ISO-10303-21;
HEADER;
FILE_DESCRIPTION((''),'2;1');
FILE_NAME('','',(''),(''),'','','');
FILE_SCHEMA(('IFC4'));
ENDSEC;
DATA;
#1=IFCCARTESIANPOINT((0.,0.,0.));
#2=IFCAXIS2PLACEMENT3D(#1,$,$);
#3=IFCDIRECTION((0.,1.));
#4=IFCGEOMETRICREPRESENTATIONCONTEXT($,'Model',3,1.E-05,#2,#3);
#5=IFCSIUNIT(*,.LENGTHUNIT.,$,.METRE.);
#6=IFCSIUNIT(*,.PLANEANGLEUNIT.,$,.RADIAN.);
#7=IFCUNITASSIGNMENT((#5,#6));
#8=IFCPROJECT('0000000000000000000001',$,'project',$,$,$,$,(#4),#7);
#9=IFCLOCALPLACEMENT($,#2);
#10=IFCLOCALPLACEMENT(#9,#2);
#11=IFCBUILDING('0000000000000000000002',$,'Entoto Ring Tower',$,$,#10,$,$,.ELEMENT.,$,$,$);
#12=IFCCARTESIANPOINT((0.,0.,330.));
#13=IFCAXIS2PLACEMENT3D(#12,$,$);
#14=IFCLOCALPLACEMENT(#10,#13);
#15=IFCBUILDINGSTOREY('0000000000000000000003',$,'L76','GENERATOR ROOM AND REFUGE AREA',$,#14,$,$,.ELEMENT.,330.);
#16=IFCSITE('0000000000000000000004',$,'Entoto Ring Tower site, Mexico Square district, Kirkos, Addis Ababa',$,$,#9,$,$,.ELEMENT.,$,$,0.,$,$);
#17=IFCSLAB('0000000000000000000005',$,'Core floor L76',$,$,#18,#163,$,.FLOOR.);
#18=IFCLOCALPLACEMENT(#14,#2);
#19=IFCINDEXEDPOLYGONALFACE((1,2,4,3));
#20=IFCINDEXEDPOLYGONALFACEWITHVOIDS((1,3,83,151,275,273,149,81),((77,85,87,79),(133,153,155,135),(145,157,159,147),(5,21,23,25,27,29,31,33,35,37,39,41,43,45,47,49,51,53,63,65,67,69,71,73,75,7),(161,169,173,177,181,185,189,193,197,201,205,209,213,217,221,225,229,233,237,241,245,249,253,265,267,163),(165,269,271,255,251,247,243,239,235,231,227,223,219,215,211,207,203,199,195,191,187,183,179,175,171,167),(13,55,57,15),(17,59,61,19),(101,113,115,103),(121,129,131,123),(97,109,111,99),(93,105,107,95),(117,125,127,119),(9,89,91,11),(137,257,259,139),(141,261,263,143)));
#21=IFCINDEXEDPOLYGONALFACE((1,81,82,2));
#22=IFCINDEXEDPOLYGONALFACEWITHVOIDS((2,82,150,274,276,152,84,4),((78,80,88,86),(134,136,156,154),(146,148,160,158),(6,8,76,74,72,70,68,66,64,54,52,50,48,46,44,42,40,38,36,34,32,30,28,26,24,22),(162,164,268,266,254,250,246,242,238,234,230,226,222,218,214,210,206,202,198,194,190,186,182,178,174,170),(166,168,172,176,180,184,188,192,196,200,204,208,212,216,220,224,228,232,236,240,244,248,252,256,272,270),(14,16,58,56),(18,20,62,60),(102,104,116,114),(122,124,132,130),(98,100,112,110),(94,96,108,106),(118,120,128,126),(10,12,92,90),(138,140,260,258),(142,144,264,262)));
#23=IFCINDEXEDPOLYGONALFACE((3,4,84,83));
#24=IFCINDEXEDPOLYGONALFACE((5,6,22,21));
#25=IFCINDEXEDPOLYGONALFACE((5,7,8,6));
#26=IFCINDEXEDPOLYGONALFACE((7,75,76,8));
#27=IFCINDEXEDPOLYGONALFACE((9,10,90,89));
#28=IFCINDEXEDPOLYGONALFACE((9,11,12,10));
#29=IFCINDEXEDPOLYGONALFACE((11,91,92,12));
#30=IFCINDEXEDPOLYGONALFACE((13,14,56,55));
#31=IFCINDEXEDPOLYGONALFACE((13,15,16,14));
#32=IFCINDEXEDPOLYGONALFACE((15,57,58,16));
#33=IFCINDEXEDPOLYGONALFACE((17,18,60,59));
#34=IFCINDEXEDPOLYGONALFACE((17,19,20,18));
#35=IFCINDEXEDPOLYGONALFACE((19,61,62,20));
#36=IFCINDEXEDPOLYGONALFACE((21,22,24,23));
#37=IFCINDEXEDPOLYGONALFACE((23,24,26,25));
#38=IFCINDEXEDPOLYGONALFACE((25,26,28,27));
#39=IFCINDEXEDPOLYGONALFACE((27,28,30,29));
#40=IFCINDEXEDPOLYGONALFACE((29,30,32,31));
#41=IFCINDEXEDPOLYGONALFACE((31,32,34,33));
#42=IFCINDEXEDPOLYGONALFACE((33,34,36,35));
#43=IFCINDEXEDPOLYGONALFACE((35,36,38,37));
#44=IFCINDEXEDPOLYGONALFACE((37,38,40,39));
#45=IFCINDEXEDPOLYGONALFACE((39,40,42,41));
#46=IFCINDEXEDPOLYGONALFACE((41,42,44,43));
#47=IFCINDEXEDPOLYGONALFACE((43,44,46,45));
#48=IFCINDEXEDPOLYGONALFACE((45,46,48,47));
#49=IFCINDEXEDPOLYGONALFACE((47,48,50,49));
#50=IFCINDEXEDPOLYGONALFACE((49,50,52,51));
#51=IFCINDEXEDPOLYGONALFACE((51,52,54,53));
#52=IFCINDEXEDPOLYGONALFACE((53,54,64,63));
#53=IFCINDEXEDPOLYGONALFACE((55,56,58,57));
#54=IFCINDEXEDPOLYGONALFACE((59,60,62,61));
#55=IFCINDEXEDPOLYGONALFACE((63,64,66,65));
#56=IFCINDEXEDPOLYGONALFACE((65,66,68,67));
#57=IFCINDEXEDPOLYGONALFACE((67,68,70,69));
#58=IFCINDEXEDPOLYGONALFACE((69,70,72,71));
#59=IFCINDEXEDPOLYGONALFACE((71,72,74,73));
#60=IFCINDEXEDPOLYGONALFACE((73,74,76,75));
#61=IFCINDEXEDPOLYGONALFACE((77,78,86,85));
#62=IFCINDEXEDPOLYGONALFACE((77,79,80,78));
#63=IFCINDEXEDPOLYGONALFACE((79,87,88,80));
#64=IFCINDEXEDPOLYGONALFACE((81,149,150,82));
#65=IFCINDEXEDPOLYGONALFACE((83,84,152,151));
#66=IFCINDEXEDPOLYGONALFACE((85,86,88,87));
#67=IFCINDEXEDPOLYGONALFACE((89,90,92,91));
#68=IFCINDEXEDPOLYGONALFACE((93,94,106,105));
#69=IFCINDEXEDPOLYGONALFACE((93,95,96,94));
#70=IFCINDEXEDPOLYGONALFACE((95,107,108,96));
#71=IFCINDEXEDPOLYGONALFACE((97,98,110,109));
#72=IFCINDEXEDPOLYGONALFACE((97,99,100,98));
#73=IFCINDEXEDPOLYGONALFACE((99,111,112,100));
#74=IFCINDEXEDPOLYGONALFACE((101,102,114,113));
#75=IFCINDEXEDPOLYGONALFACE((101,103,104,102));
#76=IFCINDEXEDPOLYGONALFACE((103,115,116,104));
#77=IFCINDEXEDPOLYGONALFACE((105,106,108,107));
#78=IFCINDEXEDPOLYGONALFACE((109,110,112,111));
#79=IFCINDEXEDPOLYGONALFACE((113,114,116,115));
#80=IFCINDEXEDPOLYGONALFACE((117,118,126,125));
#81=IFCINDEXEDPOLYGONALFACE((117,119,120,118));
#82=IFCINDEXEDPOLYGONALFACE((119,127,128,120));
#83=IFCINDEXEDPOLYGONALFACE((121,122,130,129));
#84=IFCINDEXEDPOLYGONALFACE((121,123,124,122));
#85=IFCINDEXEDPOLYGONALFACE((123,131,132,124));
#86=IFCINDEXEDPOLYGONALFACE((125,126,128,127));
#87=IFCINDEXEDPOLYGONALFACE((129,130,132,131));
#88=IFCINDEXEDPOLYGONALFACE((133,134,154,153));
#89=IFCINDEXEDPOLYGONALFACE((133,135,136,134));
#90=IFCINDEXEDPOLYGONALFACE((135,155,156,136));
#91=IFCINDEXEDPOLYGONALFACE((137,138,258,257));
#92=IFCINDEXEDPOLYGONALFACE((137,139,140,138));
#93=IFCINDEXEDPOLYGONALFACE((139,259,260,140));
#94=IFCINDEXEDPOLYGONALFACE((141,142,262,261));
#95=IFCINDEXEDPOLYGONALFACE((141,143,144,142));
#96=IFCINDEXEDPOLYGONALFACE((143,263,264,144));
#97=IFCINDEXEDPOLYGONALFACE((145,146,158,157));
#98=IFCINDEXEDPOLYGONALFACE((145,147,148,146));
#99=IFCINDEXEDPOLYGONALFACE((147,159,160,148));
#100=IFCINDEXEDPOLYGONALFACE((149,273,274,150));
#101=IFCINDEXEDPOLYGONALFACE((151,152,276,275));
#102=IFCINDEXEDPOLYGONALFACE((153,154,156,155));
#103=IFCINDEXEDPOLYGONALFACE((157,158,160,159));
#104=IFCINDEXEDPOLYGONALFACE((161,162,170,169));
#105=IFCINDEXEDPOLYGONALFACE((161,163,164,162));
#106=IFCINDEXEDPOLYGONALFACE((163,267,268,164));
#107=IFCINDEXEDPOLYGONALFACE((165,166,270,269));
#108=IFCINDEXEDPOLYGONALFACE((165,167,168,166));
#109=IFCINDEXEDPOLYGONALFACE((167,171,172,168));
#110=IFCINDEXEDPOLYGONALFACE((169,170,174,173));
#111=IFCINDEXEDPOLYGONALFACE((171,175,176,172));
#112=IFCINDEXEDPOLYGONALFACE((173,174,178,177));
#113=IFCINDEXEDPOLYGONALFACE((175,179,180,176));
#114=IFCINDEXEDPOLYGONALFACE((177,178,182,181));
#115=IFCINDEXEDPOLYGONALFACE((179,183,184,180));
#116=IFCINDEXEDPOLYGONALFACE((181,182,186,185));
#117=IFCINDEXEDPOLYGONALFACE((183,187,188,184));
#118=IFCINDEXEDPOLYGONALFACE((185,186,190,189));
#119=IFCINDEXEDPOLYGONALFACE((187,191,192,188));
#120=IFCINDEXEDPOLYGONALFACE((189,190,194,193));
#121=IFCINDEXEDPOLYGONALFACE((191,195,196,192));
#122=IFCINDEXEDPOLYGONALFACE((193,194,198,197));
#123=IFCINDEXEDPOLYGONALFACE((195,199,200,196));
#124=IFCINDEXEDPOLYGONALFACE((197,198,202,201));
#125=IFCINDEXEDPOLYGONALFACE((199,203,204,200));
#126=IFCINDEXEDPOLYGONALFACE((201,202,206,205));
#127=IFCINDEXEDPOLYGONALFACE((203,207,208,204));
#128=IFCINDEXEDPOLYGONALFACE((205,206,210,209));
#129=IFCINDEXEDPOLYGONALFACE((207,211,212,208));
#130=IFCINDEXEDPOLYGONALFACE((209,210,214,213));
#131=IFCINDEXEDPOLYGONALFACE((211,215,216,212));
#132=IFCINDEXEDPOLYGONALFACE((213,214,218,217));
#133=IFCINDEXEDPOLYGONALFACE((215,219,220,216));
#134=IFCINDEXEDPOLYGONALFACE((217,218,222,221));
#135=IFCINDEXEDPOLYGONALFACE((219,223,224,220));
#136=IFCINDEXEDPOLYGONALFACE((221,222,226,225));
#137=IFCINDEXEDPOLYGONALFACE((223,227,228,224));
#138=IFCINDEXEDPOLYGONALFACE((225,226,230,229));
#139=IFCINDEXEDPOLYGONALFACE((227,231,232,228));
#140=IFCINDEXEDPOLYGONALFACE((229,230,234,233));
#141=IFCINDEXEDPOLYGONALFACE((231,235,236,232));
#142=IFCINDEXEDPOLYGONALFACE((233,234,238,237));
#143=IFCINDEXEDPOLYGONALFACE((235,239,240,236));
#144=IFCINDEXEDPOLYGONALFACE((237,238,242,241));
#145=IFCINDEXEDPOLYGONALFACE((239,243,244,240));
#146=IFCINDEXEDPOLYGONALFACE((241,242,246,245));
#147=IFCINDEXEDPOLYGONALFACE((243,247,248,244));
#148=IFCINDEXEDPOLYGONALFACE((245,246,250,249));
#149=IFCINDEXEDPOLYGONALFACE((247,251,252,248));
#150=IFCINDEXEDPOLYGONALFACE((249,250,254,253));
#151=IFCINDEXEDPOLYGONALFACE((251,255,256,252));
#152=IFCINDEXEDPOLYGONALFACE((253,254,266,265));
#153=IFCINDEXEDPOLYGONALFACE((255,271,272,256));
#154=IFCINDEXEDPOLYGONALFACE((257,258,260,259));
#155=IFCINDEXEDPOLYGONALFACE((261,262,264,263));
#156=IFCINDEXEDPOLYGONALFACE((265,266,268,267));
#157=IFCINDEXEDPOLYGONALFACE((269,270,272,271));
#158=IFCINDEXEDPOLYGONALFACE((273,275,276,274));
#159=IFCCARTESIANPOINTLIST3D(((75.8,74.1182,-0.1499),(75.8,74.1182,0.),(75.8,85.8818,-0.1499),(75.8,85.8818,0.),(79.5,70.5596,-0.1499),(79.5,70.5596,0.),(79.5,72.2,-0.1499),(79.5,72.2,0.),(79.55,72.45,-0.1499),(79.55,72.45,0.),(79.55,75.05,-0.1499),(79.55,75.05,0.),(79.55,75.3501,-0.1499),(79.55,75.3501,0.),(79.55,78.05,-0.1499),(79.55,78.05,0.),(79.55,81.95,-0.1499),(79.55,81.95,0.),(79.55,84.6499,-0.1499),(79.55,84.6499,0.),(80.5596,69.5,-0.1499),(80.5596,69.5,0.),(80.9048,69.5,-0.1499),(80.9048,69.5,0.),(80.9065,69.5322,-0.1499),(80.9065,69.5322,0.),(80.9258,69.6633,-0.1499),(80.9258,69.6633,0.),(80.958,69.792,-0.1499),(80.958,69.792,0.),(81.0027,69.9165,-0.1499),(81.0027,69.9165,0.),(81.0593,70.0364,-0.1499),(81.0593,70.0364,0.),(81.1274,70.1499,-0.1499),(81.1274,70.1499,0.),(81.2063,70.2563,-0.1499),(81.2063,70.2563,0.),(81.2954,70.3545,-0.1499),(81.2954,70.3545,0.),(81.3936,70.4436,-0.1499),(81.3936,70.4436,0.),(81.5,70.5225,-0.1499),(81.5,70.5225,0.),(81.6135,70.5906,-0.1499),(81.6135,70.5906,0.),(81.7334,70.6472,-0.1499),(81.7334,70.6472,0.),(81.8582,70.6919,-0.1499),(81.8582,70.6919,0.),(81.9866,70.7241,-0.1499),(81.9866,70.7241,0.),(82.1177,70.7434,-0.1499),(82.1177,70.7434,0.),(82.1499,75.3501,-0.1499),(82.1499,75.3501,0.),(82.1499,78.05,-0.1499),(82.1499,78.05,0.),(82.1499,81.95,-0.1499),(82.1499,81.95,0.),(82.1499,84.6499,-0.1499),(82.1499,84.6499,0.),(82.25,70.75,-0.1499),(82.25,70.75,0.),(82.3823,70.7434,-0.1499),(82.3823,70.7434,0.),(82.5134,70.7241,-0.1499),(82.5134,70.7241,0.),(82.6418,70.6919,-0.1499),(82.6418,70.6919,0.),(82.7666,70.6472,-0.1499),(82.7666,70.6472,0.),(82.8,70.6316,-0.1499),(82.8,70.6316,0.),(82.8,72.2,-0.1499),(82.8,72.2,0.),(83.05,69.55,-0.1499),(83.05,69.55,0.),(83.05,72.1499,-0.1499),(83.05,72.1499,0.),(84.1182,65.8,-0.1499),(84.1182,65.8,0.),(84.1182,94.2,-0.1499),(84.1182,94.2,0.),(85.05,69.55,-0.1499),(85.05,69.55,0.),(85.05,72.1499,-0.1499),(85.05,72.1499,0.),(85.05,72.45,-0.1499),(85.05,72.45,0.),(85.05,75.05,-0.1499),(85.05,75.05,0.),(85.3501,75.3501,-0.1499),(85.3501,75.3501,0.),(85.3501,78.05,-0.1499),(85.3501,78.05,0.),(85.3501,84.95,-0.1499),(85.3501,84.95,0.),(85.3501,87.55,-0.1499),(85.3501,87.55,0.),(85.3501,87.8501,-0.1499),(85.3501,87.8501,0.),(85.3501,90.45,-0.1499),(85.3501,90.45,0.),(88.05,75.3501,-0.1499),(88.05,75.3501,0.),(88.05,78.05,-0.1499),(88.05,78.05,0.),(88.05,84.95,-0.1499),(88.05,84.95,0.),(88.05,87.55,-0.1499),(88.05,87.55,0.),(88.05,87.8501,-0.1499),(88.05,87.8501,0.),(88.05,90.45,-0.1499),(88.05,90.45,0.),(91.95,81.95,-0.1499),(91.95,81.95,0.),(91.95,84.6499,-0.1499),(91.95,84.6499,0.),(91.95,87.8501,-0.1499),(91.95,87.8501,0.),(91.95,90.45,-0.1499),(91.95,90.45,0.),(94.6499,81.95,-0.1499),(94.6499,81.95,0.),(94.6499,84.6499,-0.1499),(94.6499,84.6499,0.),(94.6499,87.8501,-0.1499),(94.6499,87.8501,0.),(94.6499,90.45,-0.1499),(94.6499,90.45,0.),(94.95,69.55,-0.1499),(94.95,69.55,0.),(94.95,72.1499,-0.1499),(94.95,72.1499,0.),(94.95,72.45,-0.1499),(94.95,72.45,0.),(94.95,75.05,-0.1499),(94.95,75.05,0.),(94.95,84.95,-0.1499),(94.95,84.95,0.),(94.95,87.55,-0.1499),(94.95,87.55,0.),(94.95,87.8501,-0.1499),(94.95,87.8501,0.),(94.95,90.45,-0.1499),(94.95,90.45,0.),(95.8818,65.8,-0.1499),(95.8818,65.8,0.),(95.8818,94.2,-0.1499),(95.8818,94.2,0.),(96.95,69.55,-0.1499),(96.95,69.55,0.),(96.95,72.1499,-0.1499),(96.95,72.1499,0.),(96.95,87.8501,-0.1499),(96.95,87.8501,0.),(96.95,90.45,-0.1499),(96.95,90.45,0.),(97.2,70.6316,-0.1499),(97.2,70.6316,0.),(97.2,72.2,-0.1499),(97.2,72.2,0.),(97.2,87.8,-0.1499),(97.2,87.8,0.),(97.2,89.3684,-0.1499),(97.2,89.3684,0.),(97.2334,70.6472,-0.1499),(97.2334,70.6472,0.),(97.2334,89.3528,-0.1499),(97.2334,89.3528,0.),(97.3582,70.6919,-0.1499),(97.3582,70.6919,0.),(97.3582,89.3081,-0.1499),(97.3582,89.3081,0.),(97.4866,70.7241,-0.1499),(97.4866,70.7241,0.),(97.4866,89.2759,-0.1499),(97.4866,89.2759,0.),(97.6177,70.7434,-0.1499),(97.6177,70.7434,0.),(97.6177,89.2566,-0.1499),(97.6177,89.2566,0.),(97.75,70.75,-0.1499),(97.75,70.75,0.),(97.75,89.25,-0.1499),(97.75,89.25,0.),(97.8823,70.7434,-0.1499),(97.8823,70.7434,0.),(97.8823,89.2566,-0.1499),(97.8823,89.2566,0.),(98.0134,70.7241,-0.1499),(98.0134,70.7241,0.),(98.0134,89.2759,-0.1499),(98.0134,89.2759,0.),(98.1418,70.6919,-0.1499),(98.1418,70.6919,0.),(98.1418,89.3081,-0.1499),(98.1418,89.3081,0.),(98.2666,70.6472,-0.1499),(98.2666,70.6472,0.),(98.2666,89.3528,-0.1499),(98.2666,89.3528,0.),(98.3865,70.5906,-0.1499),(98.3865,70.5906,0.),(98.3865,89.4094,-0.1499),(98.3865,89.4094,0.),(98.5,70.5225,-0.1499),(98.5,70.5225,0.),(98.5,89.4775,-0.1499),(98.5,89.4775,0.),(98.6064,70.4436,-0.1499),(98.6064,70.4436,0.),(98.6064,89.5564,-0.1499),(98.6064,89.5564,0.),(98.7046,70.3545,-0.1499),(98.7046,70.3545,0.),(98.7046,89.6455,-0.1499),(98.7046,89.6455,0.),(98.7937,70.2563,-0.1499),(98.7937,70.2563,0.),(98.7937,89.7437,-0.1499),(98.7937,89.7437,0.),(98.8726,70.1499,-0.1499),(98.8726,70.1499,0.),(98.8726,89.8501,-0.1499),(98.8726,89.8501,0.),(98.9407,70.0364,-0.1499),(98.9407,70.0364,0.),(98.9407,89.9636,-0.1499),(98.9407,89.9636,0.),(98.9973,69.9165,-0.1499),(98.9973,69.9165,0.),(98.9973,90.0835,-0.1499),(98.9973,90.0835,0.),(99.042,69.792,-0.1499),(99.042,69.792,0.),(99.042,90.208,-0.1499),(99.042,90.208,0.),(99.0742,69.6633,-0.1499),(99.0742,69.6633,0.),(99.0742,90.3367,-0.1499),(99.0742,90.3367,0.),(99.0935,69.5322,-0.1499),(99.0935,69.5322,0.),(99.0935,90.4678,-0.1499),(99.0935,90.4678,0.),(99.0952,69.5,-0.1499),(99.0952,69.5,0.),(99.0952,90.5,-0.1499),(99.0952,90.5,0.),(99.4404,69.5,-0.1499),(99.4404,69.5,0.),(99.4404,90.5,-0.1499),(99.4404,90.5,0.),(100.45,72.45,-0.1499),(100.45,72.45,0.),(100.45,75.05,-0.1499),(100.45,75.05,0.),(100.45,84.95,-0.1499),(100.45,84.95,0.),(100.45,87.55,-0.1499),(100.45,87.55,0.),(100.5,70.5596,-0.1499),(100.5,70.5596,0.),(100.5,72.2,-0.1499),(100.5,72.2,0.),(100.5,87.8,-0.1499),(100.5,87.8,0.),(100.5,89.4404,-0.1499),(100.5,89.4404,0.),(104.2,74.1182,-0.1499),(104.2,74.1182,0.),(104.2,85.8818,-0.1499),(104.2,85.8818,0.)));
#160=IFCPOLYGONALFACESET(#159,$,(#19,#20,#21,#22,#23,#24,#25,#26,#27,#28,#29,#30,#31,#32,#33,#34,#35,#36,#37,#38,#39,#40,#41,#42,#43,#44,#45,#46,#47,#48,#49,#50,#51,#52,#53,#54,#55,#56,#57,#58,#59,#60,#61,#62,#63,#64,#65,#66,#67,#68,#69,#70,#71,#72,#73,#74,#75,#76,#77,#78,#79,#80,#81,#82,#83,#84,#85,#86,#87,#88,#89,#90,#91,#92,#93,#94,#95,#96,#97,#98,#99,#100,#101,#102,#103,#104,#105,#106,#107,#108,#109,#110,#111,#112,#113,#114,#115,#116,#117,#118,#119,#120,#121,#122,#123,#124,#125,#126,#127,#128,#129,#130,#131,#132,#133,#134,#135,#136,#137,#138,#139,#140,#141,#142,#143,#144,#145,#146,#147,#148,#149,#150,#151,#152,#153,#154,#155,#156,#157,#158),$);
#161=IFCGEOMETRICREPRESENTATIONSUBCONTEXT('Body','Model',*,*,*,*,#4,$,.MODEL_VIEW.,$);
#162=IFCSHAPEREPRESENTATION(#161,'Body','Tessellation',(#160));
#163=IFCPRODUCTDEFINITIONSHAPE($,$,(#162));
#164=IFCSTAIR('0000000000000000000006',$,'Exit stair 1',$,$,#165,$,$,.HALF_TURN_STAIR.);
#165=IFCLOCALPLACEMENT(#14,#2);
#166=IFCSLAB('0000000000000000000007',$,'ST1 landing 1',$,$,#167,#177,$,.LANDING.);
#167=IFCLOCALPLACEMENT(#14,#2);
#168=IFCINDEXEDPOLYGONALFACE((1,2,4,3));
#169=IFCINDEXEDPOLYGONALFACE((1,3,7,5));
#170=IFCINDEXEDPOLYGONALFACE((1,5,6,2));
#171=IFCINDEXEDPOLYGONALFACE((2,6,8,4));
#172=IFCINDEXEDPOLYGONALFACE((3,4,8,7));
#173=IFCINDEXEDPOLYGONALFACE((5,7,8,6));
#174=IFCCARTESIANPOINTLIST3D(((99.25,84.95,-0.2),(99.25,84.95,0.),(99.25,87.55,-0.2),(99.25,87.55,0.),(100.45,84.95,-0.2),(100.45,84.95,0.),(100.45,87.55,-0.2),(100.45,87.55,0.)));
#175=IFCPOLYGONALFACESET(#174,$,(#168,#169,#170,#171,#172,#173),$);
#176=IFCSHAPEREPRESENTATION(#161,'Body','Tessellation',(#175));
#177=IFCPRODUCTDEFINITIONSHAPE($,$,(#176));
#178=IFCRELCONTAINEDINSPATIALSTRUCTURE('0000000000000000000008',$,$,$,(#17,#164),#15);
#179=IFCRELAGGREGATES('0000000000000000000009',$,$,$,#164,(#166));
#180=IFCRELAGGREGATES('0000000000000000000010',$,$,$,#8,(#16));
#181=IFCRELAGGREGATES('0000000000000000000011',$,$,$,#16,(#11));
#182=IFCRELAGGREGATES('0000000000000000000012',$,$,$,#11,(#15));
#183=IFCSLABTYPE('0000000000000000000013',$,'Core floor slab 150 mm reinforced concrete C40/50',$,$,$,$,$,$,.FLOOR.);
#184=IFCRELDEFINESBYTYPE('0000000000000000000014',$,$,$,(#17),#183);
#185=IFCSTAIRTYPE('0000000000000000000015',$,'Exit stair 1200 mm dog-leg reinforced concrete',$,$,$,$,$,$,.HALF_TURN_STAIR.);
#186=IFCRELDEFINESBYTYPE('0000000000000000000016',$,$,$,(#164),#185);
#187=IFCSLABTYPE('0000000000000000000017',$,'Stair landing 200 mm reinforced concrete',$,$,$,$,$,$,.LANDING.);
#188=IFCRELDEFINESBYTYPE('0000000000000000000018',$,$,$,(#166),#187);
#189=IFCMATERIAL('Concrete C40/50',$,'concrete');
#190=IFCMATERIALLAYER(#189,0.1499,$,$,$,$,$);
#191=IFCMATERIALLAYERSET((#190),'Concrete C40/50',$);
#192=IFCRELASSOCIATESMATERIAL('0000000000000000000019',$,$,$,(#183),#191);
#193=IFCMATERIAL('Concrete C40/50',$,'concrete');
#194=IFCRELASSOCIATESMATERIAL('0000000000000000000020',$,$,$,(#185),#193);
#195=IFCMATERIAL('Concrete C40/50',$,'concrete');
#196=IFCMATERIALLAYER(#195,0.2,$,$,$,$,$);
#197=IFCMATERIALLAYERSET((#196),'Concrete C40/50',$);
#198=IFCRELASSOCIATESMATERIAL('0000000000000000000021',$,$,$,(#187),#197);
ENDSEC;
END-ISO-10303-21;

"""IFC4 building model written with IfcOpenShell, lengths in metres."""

from ifc_helpers import new_model, si_unit, direction, frame, origin, place, context, subcontext, project, spatial, polyline, outline, extrude, material, layer, layer_set, type_object, element, aggregate, save


model = new_model("IFC4")

# Units and contexts
model_context = context("Model", 3, precision=1e-05, world=origin(), true_north=direction((0.0, 1.0)))
body_context = subcontext(model_context, "Body", "Model", "MODEL_VIEW")
ifc_project = project(units=[si_unit("LENGTHUNIT", "METRE"), si_unit("PLANEANGLEUNIT", "RADIAN")], contexts=[model_context])

# Site, building, storey
site_placement = place(None, origin())
site = spatial("IfcSite", under=ifc_project, at=site_placement, Name="Entoto Ring Tower site, Mexico Square district, Kirkos, Addis Ababa", CompositionType="ELEMENT", RefElevation=0.0)
building_placement = place(site_placement, origin())
building = spatial("IfcBuilding", under=site, at=building_placement, Name="Entoto Ring Tower", CompositionType="ELEMENT")
storey_placement = place(building_placement, frame((0.0, 0.0, 330.0)))
storey = spatial("IfcBuildingStorey", under=building, at=storey_placement, Name="L76", Description="GENERATOR ROOM AND REFUGE AREA", CompositionType="ELEMENT", Elevation=330.0)

# Slab
ifc_material_1 = material(Name="Concrete C40/50", Category="concrete")
ifc_layer_1 = layer(ifc_material_1, 0.1499)
ifc_layer_set_1 = layer_set([ifc_layer_1], Name="Concrete C40/50")
slab_type_1 = type_object("IfcSlabType", Name="Core floor slab 150 mm reinforced concrete C40/50", PredefinedType="FLOOR", material=ifc_layer_set_1)
slab_1_placement = place(storey_placement, frame((0.0, 0.0, -0.1499)))
element("IfcSlab", 1, at=slab_1_placement, inside=storey, type_object=slab_type_1, Name="Core floor L76", PredefinedType="FLOOR", context=body_context, shape_type="SweptSolid", body=[
    extrude(outline(polyline([(104.2, 74.1182), (104.2, 85.8818), (95.8818, 94.2), (84.1182, 94.2), (75.8, 85.8818), (75.8, 74.1182), (84.1182, 65.8), (95.8818, 65.8), (104.2, 74.1182)]), holes=[polyline([(100.45, 84.95), (100.45, 87.55), (94.95, 87.55), (94.95, 84.95), (100.45, 84.95)]), polyline([(85.05, 72.45), (85.05, 75.05), (79.55, 75.05), (79.55, 72.45), (85.05, 72.45)]), polyline([(100.45, 72.45), (100.45, 75.05), (94.95, 75.05), (94.95, 72.45), (100.45, 72.45)]), polyline([(94.95, 90.45), (94.95, 87.8501), (96.95, 87.8501), (96.95, 90.45), (94.95, 90.45)]), polyline([(94.95, 72.1499), (94.95, 69.55), (96.95, 69.55), (96.95, 72.1499), (94.95, 72.1499)]), polyline([(83.05, 72.1499), (83.05, 69.55), (85.05, 69.55), (85.05, 72.1499), (83.05, 72.1499)]), polyline([(79.55, 81.95), (82.1499, 81.95), (82.1499, 84.6499), (79.55, 84.6499), (79.55, 81.95)]), polyline([(79.55, 75.3501), (82.1499, 75.3501), (82.1499, 78.05), (79.55, 78.05), (79.55, 75.3501)]), polyline([(91.95, 87.8501), (94.6499, 87.8501), (94.6499, 90.45), (91.95, 90.45), (91.95, 87.8501)]), polyline([(91.95, 81.95), (94.6499, 81.95), (94.6499, 84.6499), (91.95, 84.6499), (91.95, 81.95)]), polyline([(85.3501, 75.3501), (88.05, 75.3501), (88.05, 78.05), (85.3501, 78.05), (85.3501, 75.3501)]), polyline([(85.3501, 84.95), (88.05, 84.95), (88.05, 87.55), (85.3501, 87.55), (85.3501, 84.95)]), polyline([(85.3501, 87.8501), (88.05, 87.8501), (88.05, 90.45), (85.3501, 90.45), (85.3501, 87.8501)]), polyline([(97.2, 89.3684), (97.2, 87.8), (100.5, 87.8), (100.5, 89.4404), (99.4404, 90.5), (99.0952, 90.5), (99.0935, 90.4678), (99.0742, 90.3367), (99.042, 90.208), (98.9973, 90.0835), (98.9407, 89.9636), (98.8726, 89.8501), (98.7937, 89.7437), (98.7046, 89.6455), (98.6064, 89.5564), (98.5, 89.4775), (98.3865, 89.4094), (98.2666, 89.3528), (98.1418, 89.3081), (98.0134, 89.2759), (97.8823, 89.2566), (97.75, 89.25), (97.6177, 89.2566), (97.4866, 89.2759), (97.3582, 89.3081), (97.2334, 89.3528), (97.2, 89.3684)]), polyline([(80.5596, 69.5), (80.9048, 69.5), (80.9065, 69.5322), (80.9258, 69.6633), (80.958, 69.792), (81.0027, 69.9165), (81.0593, 70.0364), (81.1274, 70.1499), (81.2063, 70.2563), (81.2954, 70.3545), (81.3936, 70.4436), (81.5, 70.5225), (81.6135, 70.5906), (81.7334, 70.6472), (81.8582, 70.6919), (81.9866, 70.7241), (82.1177, 70.7434), (82.25, 70.75), (82.3823, 70.7434), (82.5134, 70.7241), (82.6418, 70.6919), (82.7666, 70.6472), (82.8, 70.6316), (82.8, 72.2), (79.5, 72.2), (79.5, 70.5596), (80.5596, 69.5)]), polyline([(99.0952, 69.5), (99.4404, 69.5), (100.5, 70.5596), (100.5, 72.2), (97.2, 72.2), (97.2, 70.6316), (97.2334, 70.6472), (97.3582, 70.6919), (97.4866, 70.7241), (97.6177, 70.7434), (97.75, 70.75), (97.8823, 70.7434), (98.0134, 70.7241), (98.1418, 70.6919), (98.2666, 70.6472), (98.3865, 70.5906), (98.5, 70.5225), (98.6064, 70.4436), (98.7046, 70.3545), (98.7937, 70.2563), (98.8726, 70.1499), (98.9407, 70.0364), (98.9973, 69.9165), (99.042, 69.792), (99.0742, 69.6633), (99.0935, 69.5322), (99.0952, 69.5)])]), origin(), (0.0, 0.0, 1.0), 0.1499),
])

# Stair, slab
ifc_material_2 = material(Name="Concrete C40/50", Category="concrete")
stair_type = type_object("IfcStairType", Name="Exit stair 1200 mm dog-leg reinforced concrete", PredefinedType="HALF_TURN_STAIR", material=ifc_material_2)
stair_1_placement = place(storey_placement, origin())
stair_1 = element("IfcStair", 2, at=stair_1_placement, inside=storey, type_object=stair_type, Name="Exit stair 1", PredefinedType="HALF_TURN_STAIR")
ifc_material_3 = material(Name="Concrete C40/50", Category="concrete")
ifc_layer_2 = layer(ifc_material_3, 0.2)
ifc_layer_set_2 = layer_set([ifc_layer_2], Name="Concrete C40/50")
slab_type_2 = type_object("IfcSlabType", Name="Stair landing 200 mm reinforced concrete", PredefinedType="LANDING", material=ifc_layer_set_2)
slab_2_placement = place(storey_placement, frame((0.0, 0.0, -0.2)))
slab_2 = element("IfcSlab", 3, at=slab_2_placement, type_object=slab_type_2, Name="ST1 landing 1", PredefinedType="LANDING", context=body_context, shape_type="SweptSolid", body=[
    extrude(outline(polyline([(100.45, 84.95), (100.45, 87.55), (99.25, 87.55), (99.25, 84.95), (100.45, 84.95)])), origin(), (0.0, 0.0, 1.0), 0.2),
])
aggregate(stair_1, [slab_2])

save(model, "model.ifc")
